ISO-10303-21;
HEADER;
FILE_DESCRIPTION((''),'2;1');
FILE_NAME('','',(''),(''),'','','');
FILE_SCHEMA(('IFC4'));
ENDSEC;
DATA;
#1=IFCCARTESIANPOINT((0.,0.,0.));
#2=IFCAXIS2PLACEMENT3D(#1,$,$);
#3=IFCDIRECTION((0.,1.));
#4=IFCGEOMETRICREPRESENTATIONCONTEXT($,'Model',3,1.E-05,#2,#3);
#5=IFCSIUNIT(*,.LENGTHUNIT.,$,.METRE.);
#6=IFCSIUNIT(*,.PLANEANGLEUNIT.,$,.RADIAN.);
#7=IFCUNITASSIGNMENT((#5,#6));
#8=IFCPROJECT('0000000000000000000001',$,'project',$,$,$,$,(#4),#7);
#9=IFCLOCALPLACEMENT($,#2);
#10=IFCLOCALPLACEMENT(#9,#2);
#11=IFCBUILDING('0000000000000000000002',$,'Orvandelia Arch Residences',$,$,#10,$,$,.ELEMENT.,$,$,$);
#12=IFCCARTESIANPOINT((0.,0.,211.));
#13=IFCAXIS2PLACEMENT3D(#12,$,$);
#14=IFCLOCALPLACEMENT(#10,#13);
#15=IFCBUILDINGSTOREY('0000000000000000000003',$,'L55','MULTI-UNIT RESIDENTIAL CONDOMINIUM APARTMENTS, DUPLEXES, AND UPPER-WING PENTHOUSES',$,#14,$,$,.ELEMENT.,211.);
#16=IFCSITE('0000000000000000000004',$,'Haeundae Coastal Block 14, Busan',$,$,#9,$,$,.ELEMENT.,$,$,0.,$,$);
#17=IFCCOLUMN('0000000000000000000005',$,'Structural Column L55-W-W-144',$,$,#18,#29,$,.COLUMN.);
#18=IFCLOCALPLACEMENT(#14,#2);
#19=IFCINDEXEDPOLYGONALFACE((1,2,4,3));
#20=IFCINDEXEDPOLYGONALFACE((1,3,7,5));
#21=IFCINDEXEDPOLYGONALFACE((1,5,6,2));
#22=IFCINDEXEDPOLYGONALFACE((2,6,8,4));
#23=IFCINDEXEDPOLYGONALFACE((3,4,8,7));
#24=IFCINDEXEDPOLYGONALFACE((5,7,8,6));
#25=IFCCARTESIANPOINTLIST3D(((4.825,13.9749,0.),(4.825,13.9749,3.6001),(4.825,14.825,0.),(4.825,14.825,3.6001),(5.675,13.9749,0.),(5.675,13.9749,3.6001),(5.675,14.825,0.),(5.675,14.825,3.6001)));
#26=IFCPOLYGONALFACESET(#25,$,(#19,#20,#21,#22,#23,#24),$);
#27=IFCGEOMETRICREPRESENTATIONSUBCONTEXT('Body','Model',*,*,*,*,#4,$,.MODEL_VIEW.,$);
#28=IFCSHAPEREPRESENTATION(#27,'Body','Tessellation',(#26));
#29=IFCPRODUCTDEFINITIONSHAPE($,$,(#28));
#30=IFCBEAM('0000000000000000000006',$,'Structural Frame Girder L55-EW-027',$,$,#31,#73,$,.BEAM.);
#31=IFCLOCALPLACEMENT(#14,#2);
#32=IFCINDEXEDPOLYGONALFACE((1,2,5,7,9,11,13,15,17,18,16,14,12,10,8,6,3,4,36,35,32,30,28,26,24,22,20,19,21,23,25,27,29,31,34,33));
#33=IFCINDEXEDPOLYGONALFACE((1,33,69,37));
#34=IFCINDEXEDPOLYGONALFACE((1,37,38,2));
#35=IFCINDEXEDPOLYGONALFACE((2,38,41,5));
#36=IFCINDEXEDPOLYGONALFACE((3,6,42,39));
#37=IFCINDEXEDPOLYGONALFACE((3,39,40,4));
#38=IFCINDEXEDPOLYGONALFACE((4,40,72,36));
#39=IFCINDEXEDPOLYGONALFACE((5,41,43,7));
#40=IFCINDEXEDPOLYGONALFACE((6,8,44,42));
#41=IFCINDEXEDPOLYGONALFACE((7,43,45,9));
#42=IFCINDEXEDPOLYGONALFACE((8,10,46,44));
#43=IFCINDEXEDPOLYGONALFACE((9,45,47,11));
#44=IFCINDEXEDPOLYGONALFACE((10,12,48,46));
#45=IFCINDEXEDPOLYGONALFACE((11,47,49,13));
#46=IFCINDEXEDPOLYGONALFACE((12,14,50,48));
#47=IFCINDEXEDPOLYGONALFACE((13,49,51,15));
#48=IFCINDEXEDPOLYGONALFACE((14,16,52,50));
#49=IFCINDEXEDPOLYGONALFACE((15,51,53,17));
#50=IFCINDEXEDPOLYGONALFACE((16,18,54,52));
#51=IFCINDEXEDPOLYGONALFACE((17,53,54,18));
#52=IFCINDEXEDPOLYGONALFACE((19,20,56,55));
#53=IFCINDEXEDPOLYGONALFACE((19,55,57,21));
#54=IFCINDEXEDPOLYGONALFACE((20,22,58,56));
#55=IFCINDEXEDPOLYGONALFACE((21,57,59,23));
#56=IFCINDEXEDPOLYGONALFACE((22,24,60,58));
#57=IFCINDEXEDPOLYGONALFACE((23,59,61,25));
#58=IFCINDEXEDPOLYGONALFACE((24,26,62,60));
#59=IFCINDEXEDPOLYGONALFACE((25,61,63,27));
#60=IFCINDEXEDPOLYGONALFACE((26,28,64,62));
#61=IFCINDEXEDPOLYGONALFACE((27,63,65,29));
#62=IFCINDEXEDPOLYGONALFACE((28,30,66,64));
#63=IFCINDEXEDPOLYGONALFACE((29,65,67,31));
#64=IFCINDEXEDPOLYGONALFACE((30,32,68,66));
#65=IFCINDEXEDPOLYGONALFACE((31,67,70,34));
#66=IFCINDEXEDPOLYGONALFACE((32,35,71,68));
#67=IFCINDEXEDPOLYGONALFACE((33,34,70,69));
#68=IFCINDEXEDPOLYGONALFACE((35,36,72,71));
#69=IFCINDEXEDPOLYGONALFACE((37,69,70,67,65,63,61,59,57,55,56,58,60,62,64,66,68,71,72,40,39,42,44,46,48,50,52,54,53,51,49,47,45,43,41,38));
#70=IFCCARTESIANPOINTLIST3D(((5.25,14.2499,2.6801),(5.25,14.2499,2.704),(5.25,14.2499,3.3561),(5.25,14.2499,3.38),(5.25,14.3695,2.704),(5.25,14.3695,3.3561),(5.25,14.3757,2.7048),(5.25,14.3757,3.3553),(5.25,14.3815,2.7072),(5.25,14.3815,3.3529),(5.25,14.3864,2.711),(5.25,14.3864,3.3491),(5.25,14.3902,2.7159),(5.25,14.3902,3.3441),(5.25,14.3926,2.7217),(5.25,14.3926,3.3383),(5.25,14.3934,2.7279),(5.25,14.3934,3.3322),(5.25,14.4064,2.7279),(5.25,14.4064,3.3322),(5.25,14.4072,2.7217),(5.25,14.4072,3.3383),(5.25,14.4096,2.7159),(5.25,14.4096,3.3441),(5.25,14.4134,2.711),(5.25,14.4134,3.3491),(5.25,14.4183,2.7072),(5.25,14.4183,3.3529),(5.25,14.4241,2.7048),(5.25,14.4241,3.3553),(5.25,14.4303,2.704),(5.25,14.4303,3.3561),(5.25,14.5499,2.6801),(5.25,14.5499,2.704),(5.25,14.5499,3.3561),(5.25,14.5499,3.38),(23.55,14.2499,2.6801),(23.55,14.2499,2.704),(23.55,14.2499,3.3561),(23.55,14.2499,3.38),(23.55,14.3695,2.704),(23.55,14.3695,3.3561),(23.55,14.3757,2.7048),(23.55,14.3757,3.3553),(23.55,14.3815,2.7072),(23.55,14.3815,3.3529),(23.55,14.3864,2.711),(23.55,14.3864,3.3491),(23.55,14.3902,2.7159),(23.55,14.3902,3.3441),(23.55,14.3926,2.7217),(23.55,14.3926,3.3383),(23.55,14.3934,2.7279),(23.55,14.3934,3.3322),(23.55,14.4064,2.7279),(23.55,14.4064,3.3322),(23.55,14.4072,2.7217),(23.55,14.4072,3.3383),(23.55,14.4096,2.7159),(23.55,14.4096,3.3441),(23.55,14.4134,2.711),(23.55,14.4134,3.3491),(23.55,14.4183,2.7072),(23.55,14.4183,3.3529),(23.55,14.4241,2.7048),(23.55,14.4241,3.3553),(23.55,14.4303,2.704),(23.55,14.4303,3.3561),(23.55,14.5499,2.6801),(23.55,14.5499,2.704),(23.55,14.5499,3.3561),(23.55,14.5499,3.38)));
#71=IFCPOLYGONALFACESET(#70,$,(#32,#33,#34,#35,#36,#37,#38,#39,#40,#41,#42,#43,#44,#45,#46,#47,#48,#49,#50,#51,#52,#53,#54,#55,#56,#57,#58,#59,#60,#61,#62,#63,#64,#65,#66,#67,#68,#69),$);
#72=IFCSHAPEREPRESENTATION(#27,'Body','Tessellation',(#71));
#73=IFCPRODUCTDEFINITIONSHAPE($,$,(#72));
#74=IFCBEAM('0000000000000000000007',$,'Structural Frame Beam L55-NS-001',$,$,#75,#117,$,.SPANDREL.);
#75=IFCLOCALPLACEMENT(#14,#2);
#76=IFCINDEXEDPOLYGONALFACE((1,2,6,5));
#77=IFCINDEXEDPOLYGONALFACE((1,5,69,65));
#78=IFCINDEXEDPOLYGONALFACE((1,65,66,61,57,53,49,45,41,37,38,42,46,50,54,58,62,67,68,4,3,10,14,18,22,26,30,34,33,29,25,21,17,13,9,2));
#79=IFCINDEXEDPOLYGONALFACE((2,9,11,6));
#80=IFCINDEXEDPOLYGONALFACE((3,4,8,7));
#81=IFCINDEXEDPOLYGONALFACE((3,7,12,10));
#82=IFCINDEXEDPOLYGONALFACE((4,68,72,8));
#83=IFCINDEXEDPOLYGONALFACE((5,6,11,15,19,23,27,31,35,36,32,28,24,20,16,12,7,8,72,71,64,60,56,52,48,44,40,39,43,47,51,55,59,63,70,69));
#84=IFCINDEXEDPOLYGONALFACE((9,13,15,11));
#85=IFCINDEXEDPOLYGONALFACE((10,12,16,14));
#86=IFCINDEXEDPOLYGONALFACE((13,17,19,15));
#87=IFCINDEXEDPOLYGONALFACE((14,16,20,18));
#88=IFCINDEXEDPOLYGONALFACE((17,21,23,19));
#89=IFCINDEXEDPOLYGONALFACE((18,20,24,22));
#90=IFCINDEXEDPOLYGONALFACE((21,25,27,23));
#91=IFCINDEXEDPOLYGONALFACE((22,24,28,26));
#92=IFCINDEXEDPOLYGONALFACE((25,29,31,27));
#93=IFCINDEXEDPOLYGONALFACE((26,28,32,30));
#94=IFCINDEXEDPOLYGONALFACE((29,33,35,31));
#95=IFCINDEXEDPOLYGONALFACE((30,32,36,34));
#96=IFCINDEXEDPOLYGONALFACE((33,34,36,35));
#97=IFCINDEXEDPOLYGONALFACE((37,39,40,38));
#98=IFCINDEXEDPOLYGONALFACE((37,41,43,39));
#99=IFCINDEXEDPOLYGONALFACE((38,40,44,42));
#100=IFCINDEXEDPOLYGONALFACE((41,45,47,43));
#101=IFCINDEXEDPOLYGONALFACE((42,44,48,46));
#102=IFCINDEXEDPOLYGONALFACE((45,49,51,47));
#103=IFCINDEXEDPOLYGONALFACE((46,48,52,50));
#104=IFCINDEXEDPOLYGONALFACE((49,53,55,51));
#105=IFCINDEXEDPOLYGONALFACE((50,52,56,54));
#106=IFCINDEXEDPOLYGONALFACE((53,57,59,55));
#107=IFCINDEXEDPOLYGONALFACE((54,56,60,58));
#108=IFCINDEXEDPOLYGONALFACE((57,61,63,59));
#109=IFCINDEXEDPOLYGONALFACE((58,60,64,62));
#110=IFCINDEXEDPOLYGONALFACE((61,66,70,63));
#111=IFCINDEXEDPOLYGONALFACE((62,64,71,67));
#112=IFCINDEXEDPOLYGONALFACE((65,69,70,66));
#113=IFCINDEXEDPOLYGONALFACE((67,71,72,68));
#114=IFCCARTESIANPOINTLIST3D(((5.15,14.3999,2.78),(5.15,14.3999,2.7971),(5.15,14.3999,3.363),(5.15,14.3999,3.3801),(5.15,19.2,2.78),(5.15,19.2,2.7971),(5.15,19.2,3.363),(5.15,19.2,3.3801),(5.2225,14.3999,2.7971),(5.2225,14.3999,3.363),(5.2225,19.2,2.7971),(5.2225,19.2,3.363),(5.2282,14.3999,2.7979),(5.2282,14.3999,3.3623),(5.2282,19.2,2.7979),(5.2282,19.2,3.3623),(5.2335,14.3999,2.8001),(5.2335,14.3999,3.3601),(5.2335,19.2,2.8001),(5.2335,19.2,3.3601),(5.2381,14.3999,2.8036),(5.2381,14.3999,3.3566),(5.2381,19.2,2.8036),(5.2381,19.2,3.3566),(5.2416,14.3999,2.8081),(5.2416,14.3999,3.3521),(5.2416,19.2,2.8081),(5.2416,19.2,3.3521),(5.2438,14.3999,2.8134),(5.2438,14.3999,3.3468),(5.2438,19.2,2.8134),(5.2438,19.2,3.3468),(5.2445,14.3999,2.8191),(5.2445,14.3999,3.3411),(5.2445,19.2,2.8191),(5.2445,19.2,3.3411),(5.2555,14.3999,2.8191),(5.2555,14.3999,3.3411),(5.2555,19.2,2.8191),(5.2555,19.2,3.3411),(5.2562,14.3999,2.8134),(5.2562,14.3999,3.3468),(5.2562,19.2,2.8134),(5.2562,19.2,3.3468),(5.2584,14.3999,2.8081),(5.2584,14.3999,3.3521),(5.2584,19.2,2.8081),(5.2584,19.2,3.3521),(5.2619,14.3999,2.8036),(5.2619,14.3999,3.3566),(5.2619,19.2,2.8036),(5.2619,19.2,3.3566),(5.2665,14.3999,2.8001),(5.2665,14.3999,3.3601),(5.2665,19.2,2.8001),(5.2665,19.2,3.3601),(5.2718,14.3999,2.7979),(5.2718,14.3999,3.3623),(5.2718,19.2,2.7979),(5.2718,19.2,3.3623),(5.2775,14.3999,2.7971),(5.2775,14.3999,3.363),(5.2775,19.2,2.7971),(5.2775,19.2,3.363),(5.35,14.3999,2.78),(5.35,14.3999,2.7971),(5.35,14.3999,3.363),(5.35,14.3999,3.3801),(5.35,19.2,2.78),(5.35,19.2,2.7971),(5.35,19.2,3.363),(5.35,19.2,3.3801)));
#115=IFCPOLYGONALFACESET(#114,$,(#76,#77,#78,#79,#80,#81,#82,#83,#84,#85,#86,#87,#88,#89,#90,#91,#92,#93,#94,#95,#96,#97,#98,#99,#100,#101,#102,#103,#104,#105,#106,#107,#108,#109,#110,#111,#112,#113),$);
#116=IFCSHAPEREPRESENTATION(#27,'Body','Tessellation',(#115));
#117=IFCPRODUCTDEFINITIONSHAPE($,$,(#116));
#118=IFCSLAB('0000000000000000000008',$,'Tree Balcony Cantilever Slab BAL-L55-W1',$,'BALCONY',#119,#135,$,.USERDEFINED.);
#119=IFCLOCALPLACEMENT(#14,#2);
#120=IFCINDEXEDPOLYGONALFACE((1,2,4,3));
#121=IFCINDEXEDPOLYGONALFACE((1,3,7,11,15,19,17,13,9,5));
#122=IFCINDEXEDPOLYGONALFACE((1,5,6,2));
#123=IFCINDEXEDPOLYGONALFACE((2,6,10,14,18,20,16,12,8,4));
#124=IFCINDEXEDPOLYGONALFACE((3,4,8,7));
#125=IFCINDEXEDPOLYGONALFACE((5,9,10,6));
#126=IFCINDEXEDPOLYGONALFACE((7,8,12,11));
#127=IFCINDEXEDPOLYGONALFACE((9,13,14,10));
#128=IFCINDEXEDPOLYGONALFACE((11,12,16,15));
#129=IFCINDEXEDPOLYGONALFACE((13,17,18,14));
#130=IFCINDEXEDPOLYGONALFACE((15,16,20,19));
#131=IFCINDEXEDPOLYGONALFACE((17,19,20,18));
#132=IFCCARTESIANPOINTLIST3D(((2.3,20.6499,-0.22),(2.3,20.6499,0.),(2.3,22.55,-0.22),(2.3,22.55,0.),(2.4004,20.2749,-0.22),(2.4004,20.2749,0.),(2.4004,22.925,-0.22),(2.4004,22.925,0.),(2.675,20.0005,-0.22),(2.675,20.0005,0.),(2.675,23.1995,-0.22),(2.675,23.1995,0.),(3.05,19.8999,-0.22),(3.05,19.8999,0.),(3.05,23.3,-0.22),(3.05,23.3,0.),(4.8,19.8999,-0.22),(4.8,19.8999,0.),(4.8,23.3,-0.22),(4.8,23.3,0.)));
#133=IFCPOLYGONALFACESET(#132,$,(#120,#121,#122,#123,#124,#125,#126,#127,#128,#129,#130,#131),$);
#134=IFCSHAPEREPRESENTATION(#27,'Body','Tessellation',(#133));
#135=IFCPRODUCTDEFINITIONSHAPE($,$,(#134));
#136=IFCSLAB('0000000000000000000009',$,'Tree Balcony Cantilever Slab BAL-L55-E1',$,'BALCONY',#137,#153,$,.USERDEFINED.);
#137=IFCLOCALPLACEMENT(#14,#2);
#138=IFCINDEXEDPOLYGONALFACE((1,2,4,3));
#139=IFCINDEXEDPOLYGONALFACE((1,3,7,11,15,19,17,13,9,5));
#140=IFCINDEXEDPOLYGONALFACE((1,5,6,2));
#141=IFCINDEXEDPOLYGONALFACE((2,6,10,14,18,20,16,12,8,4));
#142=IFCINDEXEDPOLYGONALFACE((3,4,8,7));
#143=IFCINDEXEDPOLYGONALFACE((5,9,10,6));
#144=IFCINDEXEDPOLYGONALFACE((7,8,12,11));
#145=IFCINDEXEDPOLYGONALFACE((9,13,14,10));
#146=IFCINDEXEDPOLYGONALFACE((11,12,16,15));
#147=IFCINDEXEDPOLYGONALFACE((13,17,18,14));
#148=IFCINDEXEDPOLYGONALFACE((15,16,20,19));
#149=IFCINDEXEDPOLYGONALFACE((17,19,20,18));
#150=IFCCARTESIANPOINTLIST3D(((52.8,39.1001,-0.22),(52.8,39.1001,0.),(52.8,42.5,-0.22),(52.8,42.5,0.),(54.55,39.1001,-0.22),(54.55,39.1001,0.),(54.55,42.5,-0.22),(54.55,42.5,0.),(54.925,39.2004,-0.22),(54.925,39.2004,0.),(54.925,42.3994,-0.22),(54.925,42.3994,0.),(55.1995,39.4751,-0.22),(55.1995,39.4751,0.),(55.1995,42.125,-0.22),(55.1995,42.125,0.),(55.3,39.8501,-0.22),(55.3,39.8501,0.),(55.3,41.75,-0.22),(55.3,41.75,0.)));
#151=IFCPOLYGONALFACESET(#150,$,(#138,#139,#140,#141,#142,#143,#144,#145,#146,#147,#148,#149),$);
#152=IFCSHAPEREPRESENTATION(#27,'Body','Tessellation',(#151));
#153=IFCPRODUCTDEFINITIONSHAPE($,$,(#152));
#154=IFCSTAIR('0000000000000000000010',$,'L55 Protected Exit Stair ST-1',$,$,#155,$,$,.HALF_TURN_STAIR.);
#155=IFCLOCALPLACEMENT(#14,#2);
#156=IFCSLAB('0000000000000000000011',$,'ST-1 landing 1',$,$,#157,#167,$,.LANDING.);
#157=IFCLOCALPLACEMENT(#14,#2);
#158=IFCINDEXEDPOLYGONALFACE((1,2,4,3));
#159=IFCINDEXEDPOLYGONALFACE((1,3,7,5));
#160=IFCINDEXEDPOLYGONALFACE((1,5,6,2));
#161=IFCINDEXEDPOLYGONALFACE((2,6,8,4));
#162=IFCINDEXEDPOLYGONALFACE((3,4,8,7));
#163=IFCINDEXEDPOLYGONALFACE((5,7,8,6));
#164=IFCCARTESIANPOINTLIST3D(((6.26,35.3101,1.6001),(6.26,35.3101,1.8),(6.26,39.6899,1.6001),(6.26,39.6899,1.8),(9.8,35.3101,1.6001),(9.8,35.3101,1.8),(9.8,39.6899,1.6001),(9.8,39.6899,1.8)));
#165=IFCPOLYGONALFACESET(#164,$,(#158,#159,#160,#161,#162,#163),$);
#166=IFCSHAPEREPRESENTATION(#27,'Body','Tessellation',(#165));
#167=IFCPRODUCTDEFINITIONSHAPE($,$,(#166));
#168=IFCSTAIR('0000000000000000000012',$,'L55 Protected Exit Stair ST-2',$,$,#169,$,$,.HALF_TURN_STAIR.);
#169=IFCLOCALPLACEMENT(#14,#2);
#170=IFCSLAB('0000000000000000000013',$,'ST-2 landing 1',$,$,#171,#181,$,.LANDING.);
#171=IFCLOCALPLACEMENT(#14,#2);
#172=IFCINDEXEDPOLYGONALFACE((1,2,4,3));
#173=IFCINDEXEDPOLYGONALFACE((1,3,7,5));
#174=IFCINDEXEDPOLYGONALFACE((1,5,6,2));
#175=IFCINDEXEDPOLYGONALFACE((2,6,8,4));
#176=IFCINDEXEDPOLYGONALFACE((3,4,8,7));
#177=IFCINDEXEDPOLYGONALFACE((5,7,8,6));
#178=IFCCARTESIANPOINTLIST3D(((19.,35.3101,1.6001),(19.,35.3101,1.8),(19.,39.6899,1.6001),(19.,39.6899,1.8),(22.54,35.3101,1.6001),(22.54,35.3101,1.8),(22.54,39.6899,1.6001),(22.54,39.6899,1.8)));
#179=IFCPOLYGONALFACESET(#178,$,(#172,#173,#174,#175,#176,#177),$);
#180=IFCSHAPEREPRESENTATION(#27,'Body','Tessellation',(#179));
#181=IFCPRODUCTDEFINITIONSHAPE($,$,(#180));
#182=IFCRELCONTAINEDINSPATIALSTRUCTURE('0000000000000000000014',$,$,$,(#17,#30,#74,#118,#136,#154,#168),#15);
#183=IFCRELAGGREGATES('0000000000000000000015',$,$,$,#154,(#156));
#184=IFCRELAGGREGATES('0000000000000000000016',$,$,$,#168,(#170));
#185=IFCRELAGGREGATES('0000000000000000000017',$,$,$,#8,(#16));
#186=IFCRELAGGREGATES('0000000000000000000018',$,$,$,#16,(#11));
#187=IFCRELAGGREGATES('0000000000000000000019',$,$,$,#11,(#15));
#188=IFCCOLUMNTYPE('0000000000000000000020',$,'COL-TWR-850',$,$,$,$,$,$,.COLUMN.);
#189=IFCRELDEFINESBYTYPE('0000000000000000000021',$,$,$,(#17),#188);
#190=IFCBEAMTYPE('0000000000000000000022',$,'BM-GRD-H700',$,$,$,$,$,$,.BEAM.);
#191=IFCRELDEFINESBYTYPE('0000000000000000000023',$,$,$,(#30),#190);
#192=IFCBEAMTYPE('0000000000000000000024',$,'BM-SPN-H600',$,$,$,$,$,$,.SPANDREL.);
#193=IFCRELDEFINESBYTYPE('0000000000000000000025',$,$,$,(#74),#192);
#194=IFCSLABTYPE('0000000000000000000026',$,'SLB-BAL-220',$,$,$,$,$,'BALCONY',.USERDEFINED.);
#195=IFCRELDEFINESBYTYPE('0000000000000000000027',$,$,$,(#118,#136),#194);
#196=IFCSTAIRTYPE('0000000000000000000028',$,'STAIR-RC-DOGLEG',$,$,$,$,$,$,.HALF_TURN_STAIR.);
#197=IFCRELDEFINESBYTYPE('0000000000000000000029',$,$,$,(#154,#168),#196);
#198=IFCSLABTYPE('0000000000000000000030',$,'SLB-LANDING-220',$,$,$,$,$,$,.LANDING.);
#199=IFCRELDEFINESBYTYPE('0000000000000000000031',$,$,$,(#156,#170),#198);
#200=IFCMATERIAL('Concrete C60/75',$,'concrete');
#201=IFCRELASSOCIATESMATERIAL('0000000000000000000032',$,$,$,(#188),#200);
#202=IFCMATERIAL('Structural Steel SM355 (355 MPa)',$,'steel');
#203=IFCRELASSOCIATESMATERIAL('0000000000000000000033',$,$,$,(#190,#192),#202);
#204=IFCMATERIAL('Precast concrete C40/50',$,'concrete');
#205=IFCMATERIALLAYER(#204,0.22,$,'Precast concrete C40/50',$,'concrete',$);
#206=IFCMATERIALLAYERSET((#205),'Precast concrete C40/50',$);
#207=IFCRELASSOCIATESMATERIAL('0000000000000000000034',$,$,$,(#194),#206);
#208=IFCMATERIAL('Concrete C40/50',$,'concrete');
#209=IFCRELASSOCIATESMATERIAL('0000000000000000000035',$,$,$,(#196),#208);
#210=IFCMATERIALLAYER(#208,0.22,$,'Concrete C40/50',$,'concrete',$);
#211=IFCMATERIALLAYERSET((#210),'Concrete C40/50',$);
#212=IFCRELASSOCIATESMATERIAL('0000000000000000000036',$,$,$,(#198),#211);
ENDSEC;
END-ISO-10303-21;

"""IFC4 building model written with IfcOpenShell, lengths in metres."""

from ifc_helpers import new_model, si_unit, direction, frame, origin, origin_2d, place, context, subcontext, project, spatial, polyline, rectangle, i_section, outline, extrude, material, layer, layer_set, material_profile, profile_set, type_object, element, aggregate, save


model = new_model("IFC4")

# Units and contexts
model_context = context("Model", 3, precision=1e-05, world=origin(), true_north=direction((0.0, 1.0)))
body_context = subcontext(model_context, "Body", "Model", "MODEL_VIEW")
ifc_project = project(units=[si_unit("LENGTHUNIT", "METRE"), si_unit("PLANEANGLEUNIT", "RADIAN")], contexts=[model_context])

# Site, building, storey
site_placement = place(None, origin())
site = spatial("IfcSite", under=ifc_project, at=site_placement, Name="Haeundae Coastal Block 14, Busan", CompositionType="ELEMENT", RefElevation=0.0)
building_placement = place(site_placement, origin())
building = spatial("IfcBuilding", under=site, at=building_placement, Name="Orvandelia Arch Residences", CompositionType="ELEMENT")
storey_placement = place(building_placement, frame((0.0, 0.0, 211.0)))
storey = spatial("IfcBuildingStorey", under=building, at=storey_placement, Name="L55", Description="MULTI-UNIT RESIDENTIAL CONDOMINIUM APARTMENTS, DUPLEXES, AND UPPER-WING PENTHOUSES", CompositionType="ELEMENT", Elevation=211.0)

# Column
ifc_material_1 = material(Name="Concrete C60/75", Category="concrete")
ifc_material_profile_1 = material_profile(ifc_material_1, rectangle(XDim=0.8501, YDim=0.8501, at=origin_2d()), Name="Concrete C60/75", Category="concrete")
ifc_profile_set_1 = profile_set([ifc_material_profile_1], Name="Concrete C60/75")
column_type = type_object("IfcColumnType", Name="COL-TWR-850", PredefinedType="COLUMN", material=ifc_profile_set_1)
column_placement = place(storey_placement, frame((5.25, 14.3999, 0.0), z_axis=(0.0, 0.0, 1.0), x_axis=(1.0, 0.0, 0.0)))
element("IfcColumn", 1, at=column_placement, inside=storey, type_object=column_type, Name="Structural Column L55-W-W-144", PredefinedType="COLUMN", context=body_context, shape_type="SweptSolid", body=[
    extrude(rectangle(XDim=0.8501, YDim=0.8501, at=origin_2d()), origin(), (0.0, 0.0, 1.0), 3.6001),
])

# Beams
ifc_material_2 = material(Name="Structural Steel SM355 (355 MPa)", Category="steel")
ifc_material_profile_2 = material_profile(ifc_material_2, i_section(OverallWidth=0.3, OverallDepth=0.7, WebThickness=0.0129, FlangeThickness=0.0239, FilletRadius=0.0239, at=origin_2d()), Name="Structural Steel SM355 (355 MPa)", Category="steel")
ifc_profile_set_2 = profile_set([ifc_material_profile_2], Name="Structural Steel SM355 (355 MPa)")
beam_type_1 = type_object("IfcBeamType", Name="BM-GRD-H700", PredefinedType="BEAM", material=ifc_profile_set_2)
beam_1_placement = place(storey_placement, frame((5.25, 14.3999, 3.03), z_axis=(1.0, 0.0, 0.0), x_axis=(0.0, 1.0, 0.0)))
element("IfcBeam", 2, at=beam_1_placement, inside=storey, type_object=beam_type_1, Name="Structural Frame Girder L55-EW-027", PredefinedType="BEAM", context=body_context, shape_type="SweptSolid", body=[
    extrude(i_section(OverallWidth=0.3, OverallDepth=0.7, WebThickness=0.0129, FlangeThickness=0.0239, FilletRadius=0.0239, at=origin_2d()), origin(), (0.0, 0.0, 1.0), 18.3),
])
ifc_material_profile_3 = material_profile(ifc_material_2, i_section(OverallWidth=0.2, OverallDepth=0.6001, WebThickness=0.011, FlangeThickness=0.0171, FilletRadius=0.022, at=origin_2d()), Name="Structural Steel SM355 (355 MPa)", Category="steel")
ifc_profile_set_3 = profile_set([ifc_material_profile_3], Name="Structural Steel SM355 (355 MPa)")
beam_type_2 = type_object("IfcBeamType", Name="BM-SPN-H600", PredefinedType="SPANDREL", material=ifc_profile_set_3)
beam_2_placement = place(storey_placement, frame((5.25, 14.3999, 3.0801), z_axis=(0.0, 1.0, 0.0), x_axis=(-1.0, 0.0, 0.0)))
element("IfcBeam", 3, at=beam_2_placement, inside=storey, type_object=beam_type_2, Name="Structural Frame Beam L55-NS-001", PredefinedType="SPANDREL", context=body_context, shape_type="SweptSolid", body=[
    extrude(i_section(OverallWidth=0.2, OverallDepth=0.6001, WebThickness=0.011, FlangeThickness=0.0171, FilletRadius=0.022, at=origin_2d()), origin(), (0.0, 0.0, 1.0), 4.8),
])

# Slabs
ifc_material_3 = material(Name="Precast concrete C40/50", Category="concrete")
ifc_layer_1 = layer(ifc_material_3, 0.22, Name="Precast concrete C40/50", Category="concrete")
ifc_layer_set_1 = layer_set([ifc_layer_1], Name="Precast concrete C40/50")
slab_type_1 = type_object("IfcSlabType", Name="SLB-BAL-220", ElementType="BALCONY", PredefinedType="USERDEFINED", material=ifc_layer_set_1)
slab_1_placement = place(storey_placement, frame((0.0, 0.0, -0.22)))
element("IfcSlab", 4, at=slab_1_placement, inside=storey, type_object=slab_type_1, Name="Tree Balcony Cantilever Slab BAL-L55-W1", ObjectType="BALCONY", PredefinedType="USERDEFINED", context=body_context, shape_type="SweptSolid", body=[
    extrude(outline(polyline([(4.8, 19.8999), (4.8, 23.3), (3.05, 23.3), (2.675, 23.1995), (2.4004, 22.925), (2.3, 22.55), (2.3, 20.6499), (2.4004, 20.2749), (2.675, 20.0005), (3.05, 19.8999), (4.8, 19.8999)])), origin(), (0.0, 0.0, 1.0), 0.22),
])
slab_2_placement = place(storey_placement, frame((0.0, 0.0, -0.22)))
element("IfcSlab", 5, at=slab_2_placement, inside=storey, type_object=slab_type_1, Name="Tree Balcony Cantilever Slab BAL-L55-E1", ObjectType="BALCONY", PredefinedType="USERDEFINED", context=body_context, shape_type="SweptSolid", body=[
    extrude(outline(polyline([(52.8, 42.5), (52.8, 39.1001), (54.55, 39.1001), (54.925, 39.2004), (55.1995, 39.4751), (55.3, 39.8501), (55.3, 41.75), (55.1995, 42.125), (54.925, 42.3994), (54.55, 42.5), (52.8, 42.5)])), origin(), (0.0, 0.0, 1.0), 0.22),
])

# Stairs, slabs
ifc_material_4 = material(Name="Concrete C40/50", Category="concrete")
stair_type = type_object("IfcStairType", Name="STAIR-RC-DOGLEG", PredefinedType="HALF_TURN_STAIR", material=ifc_material_4)
stair_1_placement = place(storey_placement, origin())
stair_1 = element("IfcStair", 6, at=stair_1_placement, inside=storey, type_object=stair_type, Name="L55 Protected Exit Stair ST-1", PredefinedType="HALF_TURN_STAIR")
ifc_layer_2 = layer(ifc_material_4, 0.22, Name="Concrete C40/50", Category="concrete")
ifc_layer_set_2 = layer_set([ifc_layer_2], Name="Concrete C40/50")
slab_type_2 = type_object("IfcSlabType", Name="SLB-LANDING-220", PredefinedType="LANDING", material=ifc_layer_set_2)
slab_3_placement = place(storey_placement, frame((0.0, 0.0, 1.6001)))
slab_3 = element("IfcSlab", 7, at=slab_3_placement, type_object=slab_type_2, Name="ST-1 landing 1", PredefinedType="LANDING", context=body_context, shape_type="SweptSolid", body=[
    extrude(outline(polyline([(9.8, 35.3101), (9.8, 39.6899), (6.26, 39.6899), (6.26, 35.3101), (9.8, 35.3101)])), origin(), (0.0, 0.0, 1.0), 0.2),
])
aggregate(stair_1, [slab_3])
stair_2_placement = place(storey_placement, origin())
stair_2 = element("IfcStair", 8, at=stair_2_placement, inside=storey, type_object=stair_type, Name="L55 Protected Exit Stair ST-2", PredefinedType="HALF_TURN_STAIR")
slab_4_placement = place(storey_placement, frame((0.0, 0.0, 1.6001)))
slab_4 = element("IfcSlab", 9, at=slab_4_placement, type_object=slab_type_2, Name="ST-2 landing 1", PredefinedType="LANDING", context=body_context, shape_type="SweptSolid", body=[
    extrude(outline(polyline([(22.54, 35.3101), (22.54, 39.6899), (19.0, 39.6899), (19.0, 35.3101), (22.54, 35.3101)])), origin(), (0.0, 0.0, 1.0), 0.2),
])
aggregate(stair_2, [slab_4])

save(model, "model.ifc")
